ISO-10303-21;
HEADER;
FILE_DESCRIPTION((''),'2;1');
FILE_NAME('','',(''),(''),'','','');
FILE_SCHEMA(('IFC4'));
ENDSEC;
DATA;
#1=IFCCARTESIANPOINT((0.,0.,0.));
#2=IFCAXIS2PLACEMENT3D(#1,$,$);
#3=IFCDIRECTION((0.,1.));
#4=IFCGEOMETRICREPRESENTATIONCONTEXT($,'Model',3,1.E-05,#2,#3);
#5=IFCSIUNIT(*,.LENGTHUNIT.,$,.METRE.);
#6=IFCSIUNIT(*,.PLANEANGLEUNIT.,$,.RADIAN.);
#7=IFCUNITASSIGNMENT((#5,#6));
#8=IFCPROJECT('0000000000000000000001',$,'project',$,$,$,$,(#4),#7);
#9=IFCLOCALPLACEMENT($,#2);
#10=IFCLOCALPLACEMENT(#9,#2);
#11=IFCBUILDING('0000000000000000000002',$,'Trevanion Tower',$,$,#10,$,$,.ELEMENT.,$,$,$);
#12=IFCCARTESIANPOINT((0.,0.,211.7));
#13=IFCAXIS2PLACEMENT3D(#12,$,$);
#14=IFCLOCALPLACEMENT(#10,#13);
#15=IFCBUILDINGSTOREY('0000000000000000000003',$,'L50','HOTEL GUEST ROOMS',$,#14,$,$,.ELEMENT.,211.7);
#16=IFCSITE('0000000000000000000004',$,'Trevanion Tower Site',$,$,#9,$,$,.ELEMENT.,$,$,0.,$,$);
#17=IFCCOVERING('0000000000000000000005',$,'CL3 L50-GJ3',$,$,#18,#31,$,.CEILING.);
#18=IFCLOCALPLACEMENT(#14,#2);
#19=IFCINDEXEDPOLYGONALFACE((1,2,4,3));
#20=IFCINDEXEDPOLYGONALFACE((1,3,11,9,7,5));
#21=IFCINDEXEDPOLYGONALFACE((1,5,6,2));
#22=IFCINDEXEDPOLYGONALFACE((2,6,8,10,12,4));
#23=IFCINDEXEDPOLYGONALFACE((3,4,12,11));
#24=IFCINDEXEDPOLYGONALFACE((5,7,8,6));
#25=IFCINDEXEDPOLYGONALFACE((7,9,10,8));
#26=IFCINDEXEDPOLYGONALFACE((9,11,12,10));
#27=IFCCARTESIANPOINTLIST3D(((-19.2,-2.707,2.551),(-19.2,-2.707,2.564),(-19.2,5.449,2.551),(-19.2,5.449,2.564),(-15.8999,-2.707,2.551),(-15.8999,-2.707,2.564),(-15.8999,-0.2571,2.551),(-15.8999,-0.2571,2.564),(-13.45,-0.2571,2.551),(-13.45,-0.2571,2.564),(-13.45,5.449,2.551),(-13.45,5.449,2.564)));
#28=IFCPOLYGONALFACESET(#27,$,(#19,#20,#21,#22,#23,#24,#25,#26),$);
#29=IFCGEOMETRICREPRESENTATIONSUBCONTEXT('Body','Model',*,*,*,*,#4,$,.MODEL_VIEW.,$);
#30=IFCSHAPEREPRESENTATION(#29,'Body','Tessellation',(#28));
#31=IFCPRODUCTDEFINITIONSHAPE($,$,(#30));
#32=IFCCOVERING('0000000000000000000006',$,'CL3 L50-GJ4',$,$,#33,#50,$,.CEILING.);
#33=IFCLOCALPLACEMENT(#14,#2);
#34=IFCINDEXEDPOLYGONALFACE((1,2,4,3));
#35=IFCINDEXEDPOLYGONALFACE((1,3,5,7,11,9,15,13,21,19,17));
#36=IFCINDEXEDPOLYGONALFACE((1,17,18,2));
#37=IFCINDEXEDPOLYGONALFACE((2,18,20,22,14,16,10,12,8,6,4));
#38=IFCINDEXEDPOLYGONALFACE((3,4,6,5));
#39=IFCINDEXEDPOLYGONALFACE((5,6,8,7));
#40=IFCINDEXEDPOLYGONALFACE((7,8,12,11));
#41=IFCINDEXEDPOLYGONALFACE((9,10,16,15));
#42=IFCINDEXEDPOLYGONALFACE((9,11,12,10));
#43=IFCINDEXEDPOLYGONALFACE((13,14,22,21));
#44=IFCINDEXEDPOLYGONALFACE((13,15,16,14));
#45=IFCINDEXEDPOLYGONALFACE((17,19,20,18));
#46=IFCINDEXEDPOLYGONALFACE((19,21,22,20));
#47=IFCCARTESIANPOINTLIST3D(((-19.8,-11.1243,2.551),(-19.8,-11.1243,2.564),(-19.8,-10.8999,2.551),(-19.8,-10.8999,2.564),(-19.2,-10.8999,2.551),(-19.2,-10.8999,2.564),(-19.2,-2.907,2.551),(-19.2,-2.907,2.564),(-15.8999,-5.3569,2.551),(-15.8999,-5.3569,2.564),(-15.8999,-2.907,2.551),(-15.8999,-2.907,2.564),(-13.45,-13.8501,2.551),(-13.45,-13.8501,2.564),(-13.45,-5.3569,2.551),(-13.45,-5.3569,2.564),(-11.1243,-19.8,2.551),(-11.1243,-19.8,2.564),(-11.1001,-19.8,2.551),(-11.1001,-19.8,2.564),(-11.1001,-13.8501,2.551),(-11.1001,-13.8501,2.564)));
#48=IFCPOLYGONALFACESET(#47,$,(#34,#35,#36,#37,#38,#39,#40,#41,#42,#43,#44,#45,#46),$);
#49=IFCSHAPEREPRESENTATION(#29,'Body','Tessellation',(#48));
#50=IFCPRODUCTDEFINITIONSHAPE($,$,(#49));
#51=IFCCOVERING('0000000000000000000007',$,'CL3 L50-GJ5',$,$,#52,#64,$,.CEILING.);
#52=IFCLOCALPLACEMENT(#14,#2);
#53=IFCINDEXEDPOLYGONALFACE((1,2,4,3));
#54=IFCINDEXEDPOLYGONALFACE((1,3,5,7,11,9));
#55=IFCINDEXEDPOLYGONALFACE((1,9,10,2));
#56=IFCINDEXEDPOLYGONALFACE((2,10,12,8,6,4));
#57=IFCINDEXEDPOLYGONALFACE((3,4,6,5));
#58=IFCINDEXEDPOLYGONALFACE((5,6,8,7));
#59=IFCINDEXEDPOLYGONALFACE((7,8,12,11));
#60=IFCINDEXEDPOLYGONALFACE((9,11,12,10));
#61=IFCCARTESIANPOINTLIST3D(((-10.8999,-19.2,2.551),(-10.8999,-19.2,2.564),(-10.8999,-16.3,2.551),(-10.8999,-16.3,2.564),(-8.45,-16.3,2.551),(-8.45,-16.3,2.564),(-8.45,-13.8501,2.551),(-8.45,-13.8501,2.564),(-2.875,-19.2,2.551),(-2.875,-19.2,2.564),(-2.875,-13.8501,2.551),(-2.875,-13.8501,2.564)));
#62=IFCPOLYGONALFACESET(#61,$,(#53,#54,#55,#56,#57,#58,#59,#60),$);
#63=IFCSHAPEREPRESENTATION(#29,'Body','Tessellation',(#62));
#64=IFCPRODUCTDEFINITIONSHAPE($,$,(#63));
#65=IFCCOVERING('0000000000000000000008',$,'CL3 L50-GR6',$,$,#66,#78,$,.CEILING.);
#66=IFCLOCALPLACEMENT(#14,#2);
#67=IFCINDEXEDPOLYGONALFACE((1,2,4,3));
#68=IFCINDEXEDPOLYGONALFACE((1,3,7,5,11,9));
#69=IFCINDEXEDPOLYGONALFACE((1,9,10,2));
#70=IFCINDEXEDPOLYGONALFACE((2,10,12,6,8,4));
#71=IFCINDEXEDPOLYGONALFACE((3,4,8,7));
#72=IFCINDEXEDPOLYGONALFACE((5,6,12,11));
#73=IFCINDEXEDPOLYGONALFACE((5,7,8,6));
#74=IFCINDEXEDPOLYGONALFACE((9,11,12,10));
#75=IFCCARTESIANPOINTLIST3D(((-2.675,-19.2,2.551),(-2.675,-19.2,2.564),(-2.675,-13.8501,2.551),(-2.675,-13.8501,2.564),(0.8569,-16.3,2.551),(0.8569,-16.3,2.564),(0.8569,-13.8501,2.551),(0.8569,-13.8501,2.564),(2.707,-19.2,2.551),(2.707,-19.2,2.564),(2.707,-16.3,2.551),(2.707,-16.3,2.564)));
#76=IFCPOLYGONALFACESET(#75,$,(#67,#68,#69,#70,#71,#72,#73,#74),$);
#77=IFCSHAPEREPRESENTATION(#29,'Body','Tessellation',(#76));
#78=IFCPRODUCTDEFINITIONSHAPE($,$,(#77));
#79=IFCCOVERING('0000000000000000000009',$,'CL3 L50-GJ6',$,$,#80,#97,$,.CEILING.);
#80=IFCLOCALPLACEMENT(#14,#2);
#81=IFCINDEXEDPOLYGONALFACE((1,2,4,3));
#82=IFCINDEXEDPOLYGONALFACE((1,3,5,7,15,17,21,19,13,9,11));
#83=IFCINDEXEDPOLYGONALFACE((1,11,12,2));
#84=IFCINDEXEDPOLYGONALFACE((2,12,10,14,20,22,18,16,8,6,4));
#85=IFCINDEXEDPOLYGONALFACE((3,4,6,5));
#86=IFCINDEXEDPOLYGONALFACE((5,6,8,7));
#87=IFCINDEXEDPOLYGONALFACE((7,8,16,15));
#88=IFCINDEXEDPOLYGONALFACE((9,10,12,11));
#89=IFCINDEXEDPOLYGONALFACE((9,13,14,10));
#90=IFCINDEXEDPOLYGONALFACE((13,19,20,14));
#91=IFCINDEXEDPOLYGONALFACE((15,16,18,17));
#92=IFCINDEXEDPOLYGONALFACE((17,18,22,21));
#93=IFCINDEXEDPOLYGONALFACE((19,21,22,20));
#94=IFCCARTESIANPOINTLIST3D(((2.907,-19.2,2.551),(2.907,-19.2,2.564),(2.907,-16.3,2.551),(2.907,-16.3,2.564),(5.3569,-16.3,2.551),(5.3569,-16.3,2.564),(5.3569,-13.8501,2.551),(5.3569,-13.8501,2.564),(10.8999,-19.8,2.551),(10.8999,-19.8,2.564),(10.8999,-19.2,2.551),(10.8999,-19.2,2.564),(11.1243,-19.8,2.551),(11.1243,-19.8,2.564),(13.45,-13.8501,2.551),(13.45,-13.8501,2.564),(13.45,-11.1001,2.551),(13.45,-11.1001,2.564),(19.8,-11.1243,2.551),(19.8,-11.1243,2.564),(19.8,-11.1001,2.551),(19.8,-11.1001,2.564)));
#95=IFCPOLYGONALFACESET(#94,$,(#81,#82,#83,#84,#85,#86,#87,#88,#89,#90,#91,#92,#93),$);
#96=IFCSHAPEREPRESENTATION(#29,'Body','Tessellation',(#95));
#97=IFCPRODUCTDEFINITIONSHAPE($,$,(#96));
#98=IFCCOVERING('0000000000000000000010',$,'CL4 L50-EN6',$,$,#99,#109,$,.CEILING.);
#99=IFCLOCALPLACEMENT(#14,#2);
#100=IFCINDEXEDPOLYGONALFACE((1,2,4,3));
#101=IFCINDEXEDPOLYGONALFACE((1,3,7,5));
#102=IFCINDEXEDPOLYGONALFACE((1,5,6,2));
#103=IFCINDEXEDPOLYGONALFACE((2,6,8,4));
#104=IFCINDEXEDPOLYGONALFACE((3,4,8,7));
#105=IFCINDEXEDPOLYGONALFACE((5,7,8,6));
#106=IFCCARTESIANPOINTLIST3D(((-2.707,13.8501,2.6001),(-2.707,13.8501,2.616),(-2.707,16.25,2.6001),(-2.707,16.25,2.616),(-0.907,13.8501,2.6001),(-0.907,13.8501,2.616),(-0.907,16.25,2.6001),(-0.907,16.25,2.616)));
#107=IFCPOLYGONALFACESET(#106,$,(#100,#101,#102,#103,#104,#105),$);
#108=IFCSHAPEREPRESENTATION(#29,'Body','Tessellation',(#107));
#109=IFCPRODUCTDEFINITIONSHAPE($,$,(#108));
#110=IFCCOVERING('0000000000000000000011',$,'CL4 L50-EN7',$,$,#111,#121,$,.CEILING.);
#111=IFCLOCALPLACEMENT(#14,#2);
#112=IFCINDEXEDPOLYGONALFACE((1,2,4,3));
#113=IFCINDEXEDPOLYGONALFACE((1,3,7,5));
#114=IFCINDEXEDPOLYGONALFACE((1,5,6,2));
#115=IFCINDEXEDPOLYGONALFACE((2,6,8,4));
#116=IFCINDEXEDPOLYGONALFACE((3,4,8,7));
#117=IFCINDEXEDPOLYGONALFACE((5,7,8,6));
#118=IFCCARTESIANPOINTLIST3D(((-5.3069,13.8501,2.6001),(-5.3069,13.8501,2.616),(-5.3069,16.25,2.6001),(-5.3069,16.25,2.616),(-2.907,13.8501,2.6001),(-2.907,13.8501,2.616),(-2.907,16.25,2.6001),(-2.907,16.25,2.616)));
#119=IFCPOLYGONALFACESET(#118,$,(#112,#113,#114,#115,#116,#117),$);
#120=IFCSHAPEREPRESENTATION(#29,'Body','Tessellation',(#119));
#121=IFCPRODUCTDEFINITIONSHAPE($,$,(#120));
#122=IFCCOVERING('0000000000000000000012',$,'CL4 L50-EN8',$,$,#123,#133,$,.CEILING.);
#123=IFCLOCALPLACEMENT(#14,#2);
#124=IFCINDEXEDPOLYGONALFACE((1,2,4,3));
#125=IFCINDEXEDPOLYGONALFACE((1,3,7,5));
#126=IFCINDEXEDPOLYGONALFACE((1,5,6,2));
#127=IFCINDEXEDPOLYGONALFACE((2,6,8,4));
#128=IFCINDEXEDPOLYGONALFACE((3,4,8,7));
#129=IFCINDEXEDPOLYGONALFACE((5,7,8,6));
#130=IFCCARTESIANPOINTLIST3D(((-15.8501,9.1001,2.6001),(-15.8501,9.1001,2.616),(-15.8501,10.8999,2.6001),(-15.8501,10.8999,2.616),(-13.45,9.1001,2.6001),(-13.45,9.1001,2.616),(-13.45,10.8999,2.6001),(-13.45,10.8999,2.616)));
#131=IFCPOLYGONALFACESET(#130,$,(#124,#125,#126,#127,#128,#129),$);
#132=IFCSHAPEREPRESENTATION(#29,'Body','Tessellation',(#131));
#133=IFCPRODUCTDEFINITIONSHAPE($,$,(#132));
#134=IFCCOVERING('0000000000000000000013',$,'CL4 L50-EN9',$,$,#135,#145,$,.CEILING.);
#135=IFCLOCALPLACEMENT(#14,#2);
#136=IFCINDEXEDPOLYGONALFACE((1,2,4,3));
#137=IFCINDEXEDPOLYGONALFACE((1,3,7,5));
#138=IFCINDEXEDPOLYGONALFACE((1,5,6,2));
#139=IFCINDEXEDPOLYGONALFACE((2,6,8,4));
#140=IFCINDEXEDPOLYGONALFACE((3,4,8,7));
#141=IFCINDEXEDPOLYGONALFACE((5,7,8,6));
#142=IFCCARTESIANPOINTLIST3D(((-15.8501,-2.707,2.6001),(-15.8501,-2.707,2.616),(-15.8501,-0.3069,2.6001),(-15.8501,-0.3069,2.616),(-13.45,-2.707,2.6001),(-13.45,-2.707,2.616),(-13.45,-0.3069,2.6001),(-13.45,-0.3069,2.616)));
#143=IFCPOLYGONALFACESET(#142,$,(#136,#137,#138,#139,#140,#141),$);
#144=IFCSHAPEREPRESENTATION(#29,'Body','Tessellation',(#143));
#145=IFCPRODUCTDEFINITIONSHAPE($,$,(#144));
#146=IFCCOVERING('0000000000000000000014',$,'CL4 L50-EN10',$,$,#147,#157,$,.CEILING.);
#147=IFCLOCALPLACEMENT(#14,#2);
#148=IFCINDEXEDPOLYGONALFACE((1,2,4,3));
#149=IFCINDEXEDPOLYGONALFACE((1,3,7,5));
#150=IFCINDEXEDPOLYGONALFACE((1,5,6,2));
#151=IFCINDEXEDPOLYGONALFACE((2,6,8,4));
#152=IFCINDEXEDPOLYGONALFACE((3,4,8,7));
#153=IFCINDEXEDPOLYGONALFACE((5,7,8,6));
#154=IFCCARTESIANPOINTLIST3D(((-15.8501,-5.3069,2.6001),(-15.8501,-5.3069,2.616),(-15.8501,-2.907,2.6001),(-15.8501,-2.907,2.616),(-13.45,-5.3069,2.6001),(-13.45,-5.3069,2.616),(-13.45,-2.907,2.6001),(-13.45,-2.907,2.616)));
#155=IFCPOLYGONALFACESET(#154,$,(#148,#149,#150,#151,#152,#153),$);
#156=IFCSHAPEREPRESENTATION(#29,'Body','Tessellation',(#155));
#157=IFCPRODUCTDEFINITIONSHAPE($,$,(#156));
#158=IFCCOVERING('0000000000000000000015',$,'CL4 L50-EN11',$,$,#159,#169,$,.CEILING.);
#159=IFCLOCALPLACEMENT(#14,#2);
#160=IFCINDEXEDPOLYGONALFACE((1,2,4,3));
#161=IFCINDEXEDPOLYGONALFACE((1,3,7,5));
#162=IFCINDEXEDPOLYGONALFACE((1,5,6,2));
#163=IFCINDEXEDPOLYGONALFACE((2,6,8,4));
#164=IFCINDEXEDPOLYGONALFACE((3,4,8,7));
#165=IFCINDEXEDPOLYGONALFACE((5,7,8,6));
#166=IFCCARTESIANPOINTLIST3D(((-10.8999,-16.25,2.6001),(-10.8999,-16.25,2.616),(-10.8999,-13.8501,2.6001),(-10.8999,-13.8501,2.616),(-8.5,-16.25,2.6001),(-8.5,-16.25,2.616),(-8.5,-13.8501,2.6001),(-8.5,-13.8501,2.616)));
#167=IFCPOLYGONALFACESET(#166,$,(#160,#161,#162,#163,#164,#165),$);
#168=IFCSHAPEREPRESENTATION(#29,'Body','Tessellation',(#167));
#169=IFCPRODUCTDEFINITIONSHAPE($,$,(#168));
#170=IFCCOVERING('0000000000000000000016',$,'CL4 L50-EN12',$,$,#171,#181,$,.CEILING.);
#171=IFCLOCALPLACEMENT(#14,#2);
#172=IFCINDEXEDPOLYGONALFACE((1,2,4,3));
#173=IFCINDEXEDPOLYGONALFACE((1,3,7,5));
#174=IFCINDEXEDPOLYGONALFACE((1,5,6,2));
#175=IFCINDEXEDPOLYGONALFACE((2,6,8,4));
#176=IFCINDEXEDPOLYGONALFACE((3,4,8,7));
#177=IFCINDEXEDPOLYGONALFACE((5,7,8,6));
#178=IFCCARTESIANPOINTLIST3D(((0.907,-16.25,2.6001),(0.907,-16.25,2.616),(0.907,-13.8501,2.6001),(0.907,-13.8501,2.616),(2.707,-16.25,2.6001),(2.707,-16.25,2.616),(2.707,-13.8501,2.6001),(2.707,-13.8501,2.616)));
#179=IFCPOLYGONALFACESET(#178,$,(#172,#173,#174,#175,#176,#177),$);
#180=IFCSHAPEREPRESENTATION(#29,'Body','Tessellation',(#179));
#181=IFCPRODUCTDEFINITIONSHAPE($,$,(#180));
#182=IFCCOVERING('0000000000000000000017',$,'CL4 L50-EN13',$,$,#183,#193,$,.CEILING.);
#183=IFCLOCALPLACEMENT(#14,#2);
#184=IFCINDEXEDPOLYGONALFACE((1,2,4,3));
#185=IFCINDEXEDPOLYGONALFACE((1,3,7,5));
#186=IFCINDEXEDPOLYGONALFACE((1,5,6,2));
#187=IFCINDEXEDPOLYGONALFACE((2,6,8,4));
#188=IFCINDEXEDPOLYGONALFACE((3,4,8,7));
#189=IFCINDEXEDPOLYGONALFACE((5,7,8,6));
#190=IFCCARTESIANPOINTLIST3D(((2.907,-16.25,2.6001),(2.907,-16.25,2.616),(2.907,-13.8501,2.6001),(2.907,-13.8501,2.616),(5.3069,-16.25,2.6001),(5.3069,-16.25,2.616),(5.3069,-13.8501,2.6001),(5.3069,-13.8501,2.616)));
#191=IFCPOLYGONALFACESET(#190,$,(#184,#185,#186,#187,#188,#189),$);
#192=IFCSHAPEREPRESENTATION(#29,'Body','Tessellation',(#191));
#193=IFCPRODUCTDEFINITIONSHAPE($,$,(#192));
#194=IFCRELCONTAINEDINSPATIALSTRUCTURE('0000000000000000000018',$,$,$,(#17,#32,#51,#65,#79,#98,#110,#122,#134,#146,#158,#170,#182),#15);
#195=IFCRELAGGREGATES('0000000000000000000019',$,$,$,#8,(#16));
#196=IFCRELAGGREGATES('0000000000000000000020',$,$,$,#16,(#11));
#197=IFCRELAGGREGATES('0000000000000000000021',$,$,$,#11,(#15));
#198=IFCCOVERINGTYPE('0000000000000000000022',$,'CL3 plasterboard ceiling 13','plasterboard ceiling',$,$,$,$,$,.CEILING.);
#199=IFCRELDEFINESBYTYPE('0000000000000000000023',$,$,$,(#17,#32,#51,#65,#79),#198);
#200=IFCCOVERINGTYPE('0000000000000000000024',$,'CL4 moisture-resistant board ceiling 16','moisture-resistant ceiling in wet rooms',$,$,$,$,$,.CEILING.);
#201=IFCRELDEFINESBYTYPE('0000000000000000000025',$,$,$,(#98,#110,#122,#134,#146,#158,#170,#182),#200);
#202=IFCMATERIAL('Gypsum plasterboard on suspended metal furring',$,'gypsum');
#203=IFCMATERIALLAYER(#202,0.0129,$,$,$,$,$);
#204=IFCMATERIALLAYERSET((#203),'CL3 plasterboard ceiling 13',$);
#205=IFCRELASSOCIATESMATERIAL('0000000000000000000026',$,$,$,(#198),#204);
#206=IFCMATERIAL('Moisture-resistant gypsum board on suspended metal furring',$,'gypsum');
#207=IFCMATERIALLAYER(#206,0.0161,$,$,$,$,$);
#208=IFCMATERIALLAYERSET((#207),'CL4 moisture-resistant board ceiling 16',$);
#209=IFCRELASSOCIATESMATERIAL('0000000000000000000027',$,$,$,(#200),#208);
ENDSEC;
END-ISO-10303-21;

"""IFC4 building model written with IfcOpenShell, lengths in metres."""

from ifc_helpers import new_model, si_unit, direction, frame, origin, place, context, subcontext, project, spatial, polyline, outline, extrude, material, layer, layer_set, type_object, element, save


model = new_model("IFC4")

# Units and contexts
model_context = context("Model", 3, precision=1e-05, world=origin(), true_north=direction((0.0, 1.0)))
body_context = subcontext(model_context, "Body", "Model", "MODEL_VIEW")
ifc_project = project(units=[si_unit("LENGTHUNIT", "METRE"), si_unit("PLANEANGLEUNIT", "RADIAN")], contexts=[model_context])

# Site, building, storey
site_placement = place(None, origin())
site = spatial("IfcSite", under=ifc_project, at=site_placement, Name="Trevanion Tower Site", CompositionType="ELEMENT", RefElevation=0.0)
building_placement = place(site_placement, origin())
building = spatial("IfcBuilding", under=site, at=building_placement, Name="Trevanion Tower", CompositionType="ELEMENT")
storey_placement = place(building_placement, frame((0.0, 0.0, 211.7)))
storey = spatial("IfcBuildingStorey", under=building, at=storey_placement, Name="L50", Description="HOTEL GUEST ROOMS", CompositionType="ELEMENT", Elevation=211.7)

# Coverings
ifc_material_1 = material(Name="Gypsum plasterboard on suspended metal furring", Category="gypsum")
ifc_layer_1 = layer(ifc_material_1, 0.0129)
ifc_layer_set_1 = layer_set([ifc_layer_1], Name="CL3 plasterboard ceiling 13")
covering_type_1 = type_object("IfcCoveringType", Name="CL3 plasterboard ceiling 13", Description="plasterboard ceiling", PredefinedType="CEILING", material=ifc_layer_set_1)
covering_1_placement = place(storey_placement, frame((0.0, 0.0, 2.551)))
element("IfcCovering", 1, at=covering_1_placement, inside=storey, type_object=covering_type_1, Name="CL3 L50-GJ3", PredefinedType="CEILING", context=body_context, shape_type="SweptSolid", body=[
    extrude(outline(polyline([(-13.45, -0.2571), (-15.8999, -0.2571), (-15.8999, -2.707), (-19.2, -2.707), (-19.2, 5.449), (-13.45, 5.449), (-13.45, -0.2571)])), origin(), (0.0, 0.0, 1.0), 0.0129),
])
covering_2_placement = place(storey_placement, frame((0.0, 0.0, 2.551)))
element("IfcCovering", 2, at=covering_2_placement, inside=storey, type_object=covering_type_1, Name="CL3 L50-GJ4", PredefinedType="CEILING", context=body_context, shape_type="SweptSolid", body=[
    extrude(outline(polyline([(-11.1001, -13.8501), (-11.1001, -19.8), (-11.1243, -19.8), (-19.8, -11.1243), (-19.8, -10.8999), (-19.2, -10.8999), (-19.2, -2.907), (-15.8999, -2.907), (-15.8999, -5.3569), (-13.45, -5.3569), (-13.45, -13.8501), (-11.1001, -13.8501)])), origin(), (0.0, 0.0, 1.0), 0.0129),
])
covering_3_placement = place(storey_placement, frame((0.0, 0.0, 2.551)))
element("IfcCovering", 3, at=covering_3_placement, inside=storey, type_object=covering_type_1, Name="CL3 L50-GJ5", PredefinedType="CEILING", context=body_context, shape_type="SweptSolid", body=[
    extrude(outline(polyline([(-2.875, -13.8501), (-2.875, -19.2), (-10.8999, -19.2), (-10.8999, -16.3), (-8.45, -16.3), (-8.45, -13.8501), (-2.875, -13.8501)])), origin(), (0.0, 0.0, 1.0), 0.0129),
])
covering_4_placement = place(storey_placement, frame((0.0, 0.0, 2.551)))
element("IfcCovering", 4, at=covering_4_placement, inside=storey, type_object=covering_type_1, Name="CL3 L50-GR6", PredefinedType="CEILING", context=body_context, shape_type="SweptSolid", body=[
    extrude(outline(polyline([(0.8569, -13.8501), (0.8569, -16.3), (2.707, -16.3), (2.707, -19.2), (-2.675, -19.2), (-2.675, -13.8501), (0.8569, -13.8501)])), origin(), (0.0, 0.0, 1.0), 0.0129),
])
covering_5_placement = place(storey_placement, frame((0.0, 0.0, 2.551)))
element("IfcCovering", 5, at=covering_5_placement, inside=storey, type_object=covering_type_1, Name="CL3 L50-GJ6", PredefinedType="CEILING", context=body_context, shape_type="SweptSolid", body=[
    extrude(outline(polyline([(13.45, -11.1001), (19.8, -11.1001), (19.8, -11.1243), (11.1243, -19.8), (10.8999, -19.8), (10.8999, -19.2), (2.907, -19.2), (2.907, -16.3), (5.3569, -16.3), (5.3569, -13.8501), (13.45, -13.8501), (13.45, -11.1001)])), origin(), (0.0, 0.0, 1.0), 0.0129),
])
ifc_material_2 = material(Name="Moisture-resistant gypsum board on suspended metal furring", Category="gypsum")
ifc_layer_2 = layer(ifc_material_2, 0.0161)
ifc_layer_set_2 = layer_set([ifc_layer_2], Name="CL4 moisture-resistant board ceiling 16")
covering_type_2 = type_object("IfcCoveringType", Name="CL4 moisture-resistant board ceiling 16", Description="moisture-resistant ceiling in wet rooms", PredefinedType="CEILING", material=ifc_layer_set_2)
covering_6_placement = place(storey_placement, frame((0.0, 0.0, 2.6001)))
element("IfcCovering", 6, at=covering_6_placement, inside=storey, type_object=covering_type_2, Name="CL4 L50-EN6", PredefinedType="CEILING", context=body_context, shape_type="SweptSolid", body=[
    extrude(outline(polyline([(-0.907, 16.25), (-2.707, 16.25), (-2.707, 13.8501), (-0.907, 13.8501), (-0.907, 16.25)])), origin(), (0.0, 0.0, 1.0), 0.0159),
])
covering_7_placement = place(storey_placement, frame((0.0, 0.0, 2.6001)))
element("IfcCovering", 7, at=covering_7_placement, inside=storey, type_object=covering_type_2, Name="CL4 L50-EN7", PredefinedType="CEILING", context=body_context, shape_type="SweptSolid", body=[
    extrude(outline(polyline([(-2.907, 16.25), (-5.3069, 16.25), (-5.3069, 13.8501), (-2.907, 13.8501), (-2.907, 16.25)])), origin(), (0.0, 0.0, 1.0), 0.0159),
])
covering_8_placement = place(storey_placement, frame((0.0, 0.0, 2.6001)))
element("IfcCovering", 8, at=covering_8_placement, inside=storey, type_object=covering_type_2, Name="CL4 L50-EN8", PredefinedType="CEILING", context=body_context, shape_type="SweptSolid", body=[
    extrude(outline(polyline([(-15.8501, 10.8999), (-15.8501, 9.1001), (-13.45, 9.1001), (-13.45, 10.8999), (-15.8501, 10.8999)])), origin(), (0.0, 0.0, 1.0), 0.0159),
])
covering_9_placement = place(storey_placement, frame((0.0, 0.0, 2.6001)))
element("IfcCovering", 9, at=covering_9_placement, inside=storey, type_object=covering_type_2, Name="CL4 L50-EN9", PredefinedType="CEILING", context=body_context, shape_type="SweptSolid", body=[
    extrude(outline(polyline([(-15.8501, -0.3069), (-15.8501, -2.707), (-13.45, -2.707), (-13.45, -0.3069), (-15.8501, -0.3069)])), origin(), (0.0, 0.0, 1.0), 0.0159),
])
covering_10_placement = place(storey_placement, frame((0.0, 0.0, 2.6001)))
element("IfcCovering", 10, at=covering_10_placement, inside=storey, type_object=covering_type_2, Name="CL4 L50-EN10", PredefinedType="CEILING", context=body_context, shape_type="SweptSolid", body=[
    extrude(outline(polyline([(-15.8501, -2.907), (-15.8501, -5.3069), (-13.45, -5.3069), (-13.45, -2.907), (-15.8501, -2.907)])), origin(), (0.0, 0.0, 1.0), 0.0159),
])
covering_11_placement = place(storey_placement, frame((0.0, 0.0, 2.6001)))
element("IfcCovering", 11, at=covering_11_placement, inside=storey, type_object=covering_type_2, Name="CL4 L50-EN11", PredefinedType="CEILING", context=body_context, shape_type="SweptSolid", body=[
    extrude(outline(polyline([(-10.8999, -16.25), (-8.5, -16.25), (-8.5, -13.8501), (-10.8999, -13.8501), (-10.8999, -16.25)])), origin(), (0.0, 0.0, 1.0), 0.0159),
])
covering_12_placement = place(storey_placement, frame((0.0, 0.0, 2.6001)))
element("IfcCovering", 12, at=covering_12_placement, inside=storey, type_object=covering_type_2, Name="CL4 L50-EN12", PredefinedType="CEILING", context=body_context, shape_type="SweptSolid", body=[
    extrude(outline(polyline([(0.907, -16.25), (2.707, -16.25), (2.707, -13.8501), (0.907, -13.8501), (0.907, -16.25)])), origin(), (0.0, 0.0, 1.0), 0.0159),
])
covering_13_placement = place(storey_placement, frame((0.0, 0.0, 2.6001)))
element("IfcCovering", 13, at=covering_13_placement, inside=storey, type_object=covering_type_2, Name="CL4 L50-EN13", PredefinedType="CEILING", context=body_context, shape_type="SweptSolid", body=[
    extrude(outline(polyline([(2.907, -16.25), (5.3069, -16.25), (5.3069, -13.8501), (2.907, -13.8501), (2.907, -16.25)])), origin(), (0.0, 0.0, 1.0), 0.0159),
])

save(model, "model.ifc")
